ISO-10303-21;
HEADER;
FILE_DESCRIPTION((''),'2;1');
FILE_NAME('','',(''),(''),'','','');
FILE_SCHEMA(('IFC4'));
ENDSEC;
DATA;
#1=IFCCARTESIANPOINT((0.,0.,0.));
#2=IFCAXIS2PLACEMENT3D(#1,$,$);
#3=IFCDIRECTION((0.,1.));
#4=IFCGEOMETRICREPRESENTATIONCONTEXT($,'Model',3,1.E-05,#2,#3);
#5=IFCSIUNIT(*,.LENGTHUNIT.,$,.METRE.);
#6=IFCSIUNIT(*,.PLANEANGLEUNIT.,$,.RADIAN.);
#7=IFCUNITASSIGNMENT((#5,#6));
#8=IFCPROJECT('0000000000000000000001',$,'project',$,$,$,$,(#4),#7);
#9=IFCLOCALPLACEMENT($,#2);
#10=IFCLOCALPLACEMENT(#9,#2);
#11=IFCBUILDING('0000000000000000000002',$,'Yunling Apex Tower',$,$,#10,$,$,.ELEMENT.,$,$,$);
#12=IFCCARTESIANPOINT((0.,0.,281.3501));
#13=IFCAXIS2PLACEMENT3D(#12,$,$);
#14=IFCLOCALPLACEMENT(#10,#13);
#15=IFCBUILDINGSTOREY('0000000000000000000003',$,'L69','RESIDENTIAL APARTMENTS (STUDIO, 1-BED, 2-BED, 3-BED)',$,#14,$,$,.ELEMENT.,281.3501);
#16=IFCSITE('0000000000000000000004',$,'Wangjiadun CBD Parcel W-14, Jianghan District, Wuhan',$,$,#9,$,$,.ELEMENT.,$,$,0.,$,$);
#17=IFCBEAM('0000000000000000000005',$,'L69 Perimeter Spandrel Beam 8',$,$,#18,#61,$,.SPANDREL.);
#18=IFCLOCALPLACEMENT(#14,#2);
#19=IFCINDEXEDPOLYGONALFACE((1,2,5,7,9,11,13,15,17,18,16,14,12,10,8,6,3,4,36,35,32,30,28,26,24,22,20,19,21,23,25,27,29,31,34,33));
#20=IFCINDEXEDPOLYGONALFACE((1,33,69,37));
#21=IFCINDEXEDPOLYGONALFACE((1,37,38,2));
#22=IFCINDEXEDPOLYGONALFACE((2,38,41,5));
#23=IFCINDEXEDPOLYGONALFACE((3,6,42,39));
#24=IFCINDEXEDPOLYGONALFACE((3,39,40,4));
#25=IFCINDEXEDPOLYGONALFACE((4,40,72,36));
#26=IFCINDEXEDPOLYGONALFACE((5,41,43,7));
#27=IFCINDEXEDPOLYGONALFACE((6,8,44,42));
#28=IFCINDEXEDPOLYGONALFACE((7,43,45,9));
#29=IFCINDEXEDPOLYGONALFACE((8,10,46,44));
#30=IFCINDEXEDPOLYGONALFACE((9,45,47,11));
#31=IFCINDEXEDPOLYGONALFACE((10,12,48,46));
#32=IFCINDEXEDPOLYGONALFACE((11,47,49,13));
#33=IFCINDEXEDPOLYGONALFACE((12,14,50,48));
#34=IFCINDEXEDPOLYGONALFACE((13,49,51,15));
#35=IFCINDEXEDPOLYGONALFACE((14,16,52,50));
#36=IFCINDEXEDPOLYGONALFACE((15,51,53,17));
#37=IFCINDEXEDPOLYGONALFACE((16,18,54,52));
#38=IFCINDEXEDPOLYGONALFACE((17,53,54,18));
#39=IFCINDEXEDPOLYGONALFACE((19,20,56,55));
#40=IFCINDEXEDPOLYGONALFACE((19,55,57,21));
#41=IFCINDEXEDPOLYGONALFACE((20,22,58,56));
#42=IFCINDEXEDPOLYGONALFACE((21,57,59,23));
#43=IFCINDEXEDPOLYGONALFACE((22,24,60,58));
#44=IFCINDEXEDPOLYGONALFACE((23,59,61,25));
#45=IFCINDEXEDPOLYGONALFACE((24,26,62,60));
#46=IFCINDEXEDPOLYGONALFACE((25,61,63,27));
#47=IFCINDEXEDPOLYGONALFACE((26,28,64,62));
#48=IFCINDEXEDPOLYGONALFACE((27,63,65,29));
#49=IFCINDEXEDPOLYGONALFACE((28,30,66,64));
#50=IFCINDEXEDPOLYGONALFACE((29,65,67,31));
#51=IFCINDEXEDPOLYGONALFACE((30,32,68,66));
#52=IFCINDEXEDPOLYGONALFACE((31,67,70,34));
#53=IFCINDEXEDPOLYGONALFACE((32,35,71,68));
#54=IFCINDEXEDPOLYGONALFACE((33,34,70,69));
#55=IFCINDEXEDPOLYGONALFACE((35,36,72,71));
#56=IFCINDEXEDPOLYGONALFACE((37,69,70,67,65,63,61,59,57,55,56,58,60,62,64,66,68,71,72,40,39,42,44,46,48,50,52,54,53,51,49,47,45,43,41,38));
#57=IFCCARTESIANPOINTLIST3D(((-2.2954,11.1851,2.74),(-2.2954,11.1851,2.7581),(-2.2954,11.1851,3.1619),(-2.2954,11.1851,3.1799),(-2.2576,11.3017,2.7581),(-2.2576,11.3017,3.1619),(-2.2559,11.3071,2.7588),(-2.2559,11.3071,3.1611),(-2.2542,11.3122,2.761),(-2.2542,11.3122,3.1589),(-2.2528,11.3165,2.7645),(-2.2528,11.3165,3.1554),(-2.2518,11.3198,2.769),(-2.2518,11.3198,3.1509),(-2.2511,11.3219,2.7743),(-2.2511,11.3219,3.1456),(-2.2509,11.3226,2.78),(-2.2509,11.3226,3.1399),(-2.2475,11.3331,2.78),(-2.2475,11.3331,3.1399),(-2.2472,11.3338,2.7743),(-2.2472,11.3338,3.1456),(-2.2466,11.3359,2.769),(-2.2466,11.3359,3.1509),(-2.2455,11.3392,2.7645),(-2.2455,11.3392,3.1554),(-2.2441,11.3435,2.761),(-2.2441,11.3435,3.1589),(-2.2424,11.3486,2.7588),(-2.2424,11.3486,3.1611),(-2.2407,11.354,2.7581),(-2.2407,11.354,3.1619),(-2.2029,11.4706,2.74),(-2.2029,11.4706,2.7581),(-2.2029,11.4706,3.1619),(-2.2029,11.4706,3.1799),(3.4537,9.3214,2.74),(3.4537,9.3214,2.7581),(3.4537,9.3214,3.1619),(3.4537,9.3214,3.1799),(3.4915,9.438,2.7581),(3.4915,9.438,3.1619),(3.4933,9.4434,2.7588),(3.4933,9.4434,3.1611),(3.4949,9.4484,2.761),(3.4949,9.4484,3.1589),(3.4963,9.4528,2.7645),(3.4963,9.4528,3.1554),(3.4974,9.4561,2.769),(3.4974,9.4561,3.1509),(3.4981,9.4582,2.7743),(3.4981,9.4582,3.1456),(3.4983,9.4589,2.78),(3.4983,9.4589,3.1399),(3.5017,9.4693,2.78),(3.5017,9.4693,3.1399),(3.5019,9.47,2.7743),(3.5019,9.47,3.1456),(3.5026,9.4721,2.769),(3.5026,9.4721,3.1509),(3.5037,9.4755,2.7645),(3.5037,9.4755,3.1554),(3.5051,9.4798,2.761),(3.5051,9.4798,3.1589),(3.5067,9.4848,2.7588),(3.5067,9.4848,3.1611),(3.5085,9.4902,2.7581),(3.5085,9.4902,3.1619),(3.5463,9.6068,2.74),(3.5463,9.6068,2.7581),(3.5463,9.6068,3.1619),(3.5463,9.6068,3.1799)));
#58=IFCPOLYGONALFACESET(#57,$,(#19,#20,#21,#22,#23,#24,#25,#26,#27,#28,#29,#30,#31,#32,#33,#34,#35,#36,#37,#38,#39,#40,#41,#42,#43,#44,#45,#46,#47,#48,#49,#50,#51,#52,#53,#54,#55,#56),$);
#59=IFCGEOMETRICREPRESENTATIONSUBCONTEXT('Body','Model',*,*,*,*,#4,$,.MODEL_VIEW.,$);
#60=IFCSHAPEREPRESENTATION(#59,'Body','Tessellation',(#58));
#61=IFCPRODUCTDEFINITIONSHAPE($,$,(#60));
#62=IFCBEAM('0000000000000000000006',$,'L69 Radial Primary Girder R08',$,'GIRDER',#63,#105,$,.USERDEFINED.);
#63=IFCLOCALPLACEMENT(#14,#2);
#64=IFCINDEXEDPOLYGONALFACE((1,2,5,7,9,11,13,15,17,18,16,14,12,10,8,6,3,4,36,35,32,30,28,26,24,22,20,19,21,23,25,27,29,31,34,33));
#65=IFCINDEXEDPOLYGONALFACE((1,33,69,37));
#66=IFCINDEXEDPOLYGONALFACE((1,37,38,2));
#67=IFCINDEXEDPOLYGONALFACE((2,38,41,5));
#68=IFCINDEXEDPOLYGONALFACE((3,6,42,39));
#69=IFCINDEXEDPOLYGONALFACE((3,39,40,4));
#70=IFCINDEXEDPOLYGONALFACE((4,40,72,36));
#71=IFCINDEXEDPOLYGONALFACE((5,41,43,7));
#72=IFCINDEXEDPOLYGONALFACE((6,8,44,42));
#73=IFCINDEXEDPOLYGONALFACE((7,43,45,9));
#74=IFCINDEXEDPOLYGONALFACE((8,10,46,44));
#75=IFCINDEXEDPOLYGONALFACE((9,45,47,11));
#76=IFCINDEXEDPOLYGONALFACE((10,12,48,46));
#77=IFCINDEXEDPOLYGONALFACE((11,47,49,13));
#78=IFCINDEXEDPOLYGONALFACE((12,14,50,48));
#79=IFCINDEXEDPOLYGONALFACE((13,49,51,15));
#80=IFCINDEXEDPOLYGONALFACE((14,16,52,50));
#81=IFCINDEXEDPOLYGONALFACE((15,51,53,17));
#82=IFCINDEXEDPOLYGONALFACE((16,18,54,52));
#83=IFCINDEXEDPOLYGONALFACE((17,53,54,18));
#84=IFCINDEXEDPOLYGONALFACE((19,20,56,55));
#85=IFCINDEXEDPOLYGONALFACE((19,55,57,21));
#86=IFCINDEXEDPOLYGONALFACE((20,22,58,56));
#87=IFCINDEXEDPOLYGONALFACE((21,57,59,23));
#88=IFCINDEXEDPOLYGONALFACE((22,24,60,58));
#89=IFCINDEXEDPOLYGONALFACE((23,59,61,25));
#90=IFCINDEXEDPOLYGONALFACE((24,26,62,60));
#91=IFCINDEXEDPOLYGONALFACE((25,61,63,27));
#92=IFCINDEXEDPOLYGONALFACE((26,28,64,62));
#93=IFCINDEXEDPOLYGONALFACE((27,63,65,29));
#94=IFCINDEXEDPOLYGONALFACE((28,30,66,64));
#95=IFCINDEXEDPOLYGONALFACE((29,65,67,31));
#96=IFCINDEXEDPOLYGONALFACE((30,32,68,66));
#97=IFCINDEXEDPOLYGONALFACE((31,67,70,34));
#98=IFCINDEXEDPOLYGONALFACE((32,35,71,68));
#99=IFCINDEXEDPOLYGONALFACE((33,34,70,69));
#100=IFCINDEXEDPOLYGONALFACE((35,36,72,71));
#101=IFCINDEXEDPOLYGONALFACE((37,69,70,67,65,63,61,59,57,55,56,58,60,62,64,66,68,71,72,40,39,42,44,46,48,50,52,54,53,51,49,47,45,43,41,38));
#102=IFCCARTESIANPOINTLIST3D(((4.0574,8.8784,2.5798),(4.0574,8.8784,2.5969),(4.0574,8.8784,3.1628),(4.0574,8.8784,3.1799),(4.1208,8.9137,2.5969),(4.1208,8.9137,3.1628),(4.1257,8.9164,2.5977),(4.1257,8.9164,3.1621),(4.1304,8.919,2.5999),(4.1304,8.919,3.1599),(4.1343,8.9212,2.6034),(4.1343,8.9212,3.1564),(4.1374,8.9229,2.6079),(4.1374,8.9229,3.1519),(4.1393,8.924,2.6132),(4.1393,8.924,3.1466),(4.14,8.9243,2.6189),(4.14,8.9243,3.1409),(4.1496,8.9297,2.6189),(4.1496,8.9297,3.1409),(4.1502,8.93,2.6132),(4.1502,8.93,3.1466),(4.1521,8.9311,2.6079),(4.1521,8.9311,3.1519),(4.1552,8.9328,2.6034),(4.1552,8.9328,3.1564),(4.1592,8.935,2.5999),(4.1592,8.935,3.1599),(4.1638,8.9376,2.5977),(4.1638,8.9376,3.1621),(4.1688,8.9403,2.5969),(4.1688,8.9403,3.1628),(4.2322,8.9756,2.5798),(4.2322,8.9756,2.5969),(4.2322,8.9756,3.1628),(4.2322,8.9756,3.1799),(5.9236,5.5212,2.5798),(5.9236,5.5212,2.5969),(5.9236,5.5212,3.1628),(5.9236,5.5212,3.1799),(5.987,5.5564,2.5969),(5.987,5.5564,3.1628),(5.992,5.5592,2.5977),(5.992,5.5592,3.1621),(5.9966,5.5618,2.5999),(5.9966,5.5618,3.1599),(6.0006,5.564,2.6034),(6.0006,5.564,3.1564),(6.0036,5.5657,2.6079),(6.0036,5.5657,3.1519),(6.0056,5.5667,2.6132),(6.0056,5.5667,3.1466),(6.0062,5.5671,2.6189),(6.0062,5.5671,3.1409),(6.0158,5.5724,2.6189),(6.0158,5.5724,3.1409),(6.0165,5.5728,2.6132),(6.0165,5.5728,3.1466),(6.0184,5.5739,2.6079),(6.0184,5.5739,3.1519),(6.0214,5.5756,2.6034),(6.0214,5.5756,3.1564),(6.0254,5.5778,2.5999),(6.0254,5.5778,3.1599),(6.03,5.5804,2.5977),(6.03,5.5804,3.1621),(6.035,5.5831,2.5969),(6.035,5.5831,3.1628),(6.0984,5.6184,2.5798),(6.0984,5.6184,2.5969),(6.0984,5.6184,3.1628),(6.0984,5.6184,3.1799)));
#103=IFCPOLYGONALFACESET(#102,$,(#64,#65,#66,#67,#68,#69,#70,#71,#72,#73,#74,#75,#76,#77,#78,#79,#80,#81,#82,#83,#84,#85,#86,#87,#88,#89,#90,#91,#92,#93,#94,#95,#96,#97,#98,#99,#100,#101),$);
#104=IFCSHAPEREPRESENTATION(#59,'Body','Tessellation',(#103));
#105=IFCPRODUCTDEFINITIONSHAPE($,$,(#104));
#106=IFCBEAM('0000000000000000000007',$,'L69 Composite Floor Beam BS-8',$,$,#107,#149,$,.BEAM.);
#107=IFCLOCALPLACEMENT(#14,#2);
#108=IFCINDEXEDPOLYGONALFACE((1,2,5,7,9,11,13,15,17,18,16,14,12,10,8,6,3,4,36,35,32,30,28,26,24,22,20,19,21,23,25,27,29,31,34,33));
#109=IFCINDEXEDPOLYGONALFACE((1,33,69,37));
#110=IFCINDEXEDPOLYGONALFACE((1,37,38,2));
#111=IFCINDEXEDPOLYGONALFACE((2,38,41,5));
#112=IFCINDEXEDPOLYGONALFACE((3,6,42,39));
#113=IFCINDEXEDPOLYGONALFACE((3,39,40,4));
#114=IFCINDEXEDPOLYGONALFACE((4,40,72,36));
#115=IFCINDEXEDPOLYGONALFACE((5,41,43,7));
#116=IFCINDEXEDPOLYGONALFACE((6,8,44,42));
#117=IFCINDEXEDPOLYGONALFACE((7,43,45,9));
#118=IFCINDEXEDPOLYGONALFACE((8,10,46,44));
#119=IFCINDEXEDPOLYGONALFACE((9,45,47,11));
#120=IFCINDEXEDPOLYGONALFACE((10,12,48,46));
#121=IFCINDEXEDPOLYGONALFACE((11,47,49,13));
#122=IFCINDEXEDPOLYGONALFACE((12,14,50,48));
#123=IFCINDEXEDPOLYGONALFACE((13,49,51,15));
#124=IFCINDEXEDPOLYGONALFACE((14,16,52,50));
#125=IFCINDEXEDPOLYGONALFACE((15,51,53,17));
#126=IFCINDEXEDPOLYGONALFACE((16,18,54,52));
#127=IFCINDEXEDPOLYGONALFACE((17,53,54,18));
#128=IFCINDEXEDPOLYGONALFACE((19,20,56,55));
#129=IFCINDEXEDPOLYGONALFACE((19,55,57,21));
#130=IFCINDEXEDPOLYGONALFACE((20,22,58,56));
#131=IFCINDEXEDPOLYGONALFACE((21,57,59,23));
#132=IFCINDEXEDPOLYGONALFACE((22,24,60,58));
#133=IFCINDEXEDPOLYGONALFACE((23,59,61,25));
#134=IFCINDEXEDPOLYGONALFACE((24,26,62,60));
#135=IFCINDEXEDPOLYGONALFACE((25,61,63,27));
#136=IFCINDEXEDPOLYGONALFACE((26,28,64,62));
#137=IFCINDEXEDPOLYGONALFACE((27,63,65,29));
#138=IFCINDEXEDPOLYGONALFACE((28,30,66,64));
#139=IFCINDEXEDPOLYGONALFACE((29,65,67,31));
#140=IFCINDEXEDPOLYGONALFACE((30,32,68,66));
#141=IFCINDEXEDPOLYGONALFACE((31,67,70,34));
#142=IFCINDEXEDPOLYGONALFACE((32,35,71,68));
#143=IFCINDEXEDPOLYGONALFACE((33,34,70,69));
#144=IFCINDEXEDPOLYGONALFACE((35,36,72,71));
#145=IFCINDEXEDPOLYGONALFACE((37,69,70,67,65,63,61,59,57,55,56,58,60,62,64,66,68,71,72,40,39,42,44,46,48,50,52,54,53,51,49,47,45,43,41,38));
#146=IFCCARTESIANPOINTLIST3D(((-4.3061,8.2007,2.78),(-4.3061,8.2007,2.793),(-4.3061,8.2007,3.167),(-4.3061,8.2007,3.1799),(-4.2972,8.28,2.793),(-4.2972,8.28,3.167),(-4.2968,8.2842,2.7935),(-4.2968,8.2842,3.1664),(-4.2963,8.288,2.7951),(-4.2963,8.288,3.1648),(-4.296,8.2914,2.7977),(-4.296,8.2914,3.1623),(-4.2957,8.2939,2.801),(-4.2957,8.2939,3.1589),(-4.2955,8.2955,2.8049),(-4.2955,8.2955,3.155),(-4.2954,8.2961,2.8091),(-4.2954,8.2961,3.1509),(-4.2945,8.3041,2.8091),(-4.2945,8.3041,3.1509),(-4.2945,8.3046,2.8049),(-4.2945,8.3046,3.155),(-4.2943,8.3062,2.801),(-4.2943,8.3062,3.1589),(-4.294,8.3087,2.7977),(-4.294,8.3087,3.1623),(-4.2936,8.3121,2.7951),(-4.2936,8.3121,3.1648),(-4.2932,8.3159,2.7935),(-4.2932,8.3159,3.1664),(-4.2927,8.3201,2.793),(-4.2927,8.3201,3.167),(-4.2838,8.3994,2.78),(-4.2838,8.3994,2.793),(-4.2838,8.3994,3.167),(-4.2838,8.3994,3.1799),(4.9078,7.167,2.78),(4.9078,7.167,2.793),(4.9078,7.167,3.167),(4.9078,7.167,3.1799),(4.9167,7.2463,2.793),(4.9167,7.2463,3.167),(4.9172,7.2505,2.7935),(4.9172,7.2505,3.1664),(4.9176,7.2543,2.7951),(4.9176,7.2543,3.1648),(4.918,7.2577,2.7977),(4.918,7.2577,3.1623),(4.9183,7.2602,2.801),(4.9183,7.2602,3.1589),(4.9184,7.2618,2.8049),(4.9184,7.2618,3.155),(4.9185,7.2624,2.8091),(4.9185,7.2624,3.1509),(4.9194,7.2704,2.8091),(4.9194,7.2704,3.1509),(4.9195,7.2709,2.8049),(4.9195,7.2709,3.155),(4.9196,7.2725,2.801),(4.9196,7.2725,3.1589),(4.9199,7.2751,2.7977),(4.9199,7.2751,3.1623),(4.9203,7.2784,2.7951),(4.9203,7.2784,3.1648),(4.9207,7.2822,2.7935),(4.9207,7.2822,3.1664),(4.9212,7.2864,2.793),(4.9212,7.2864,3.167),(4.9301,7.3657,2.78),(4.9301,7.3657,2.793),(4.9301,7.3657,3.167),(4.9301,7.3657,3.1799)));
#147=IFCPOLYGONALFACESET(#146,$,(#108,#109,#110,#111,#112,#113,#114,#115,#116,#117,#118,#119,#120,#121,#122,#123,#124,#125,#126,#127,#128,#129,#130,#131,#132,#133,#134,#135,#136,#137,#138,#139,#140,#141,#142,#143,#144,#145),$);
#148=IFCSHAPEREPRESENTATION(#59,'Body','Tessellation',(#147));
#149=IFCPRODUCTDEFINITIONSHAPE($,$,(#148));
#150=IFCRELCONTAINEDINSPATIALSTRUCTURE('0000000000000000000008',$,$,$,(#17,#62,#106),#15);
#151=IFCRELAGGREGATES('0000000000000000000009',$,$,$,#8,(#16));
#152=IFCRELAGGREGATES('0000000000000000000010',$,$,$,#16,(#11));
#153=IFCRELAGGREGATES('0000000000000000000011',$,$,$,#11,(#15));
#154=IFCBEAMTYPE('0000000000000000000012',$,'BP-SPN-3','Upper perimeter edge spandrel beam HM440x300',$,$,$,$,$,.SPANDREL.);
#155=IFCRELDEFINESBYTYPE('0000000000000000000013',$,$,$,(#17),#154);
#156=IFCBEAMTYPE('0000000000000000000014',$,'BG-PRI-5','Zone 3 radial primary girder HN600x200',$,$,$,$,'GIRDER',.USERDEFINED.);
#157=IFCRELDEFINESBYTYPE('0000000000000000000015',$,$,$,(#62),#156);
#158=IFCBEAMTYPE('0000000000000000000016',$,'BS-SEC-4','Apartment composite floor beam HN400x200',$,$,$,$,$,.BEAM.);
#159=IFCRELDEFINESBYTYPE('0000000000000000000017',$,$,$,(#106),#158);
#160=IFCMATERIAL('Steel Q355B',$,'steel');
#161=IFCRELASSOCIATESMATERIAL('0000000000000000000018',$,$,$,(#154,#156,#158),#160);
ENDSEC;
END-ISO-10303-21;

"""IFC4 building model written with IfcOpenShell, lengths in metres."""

from ifc_helpers import new_model, si_unit, direction, frame, origin, origin_2d, place, context, subcontext, project, spatial, i_section, extrude, source, transform, mapped, material, material_profile, profile_set, type_object, element, save


model = new_model("IFC4")

# Units and contexts
model_context = context("Model", 3, precision=1e-05, world=origin(), true_north=direction((0.0, 1.0)))
body_context = subcontext(model_context, "Body", "Model", "MODEL_VIEW")
ifc_project = project(units=[si_unit("LENGTHUNIT", "METRE"), si_unit("PLANEANGLEUNIT", "RADIAN")], contexts=[model_context])

# Site, building, storey
site_placement = place(None, origin())
site = spatial("IfcSite", under=ifc_project, at=site_placement, Name="Wangjiadun CBD Parcel W-14, Jianghan District, Wuhan", CompositionType="ELEMENT", RefElevation=0.0)
building_placement = place(site_placement, origin())
building = spatial("IfcBuilding", under=site, at=building_placement, Name="Yunling Apex Tower", CompositionType="ELEMENT")
storey_placement = place(building_placement, frame((0.0, 0.0, 281.3501)))
storey = spatial("IfcBuildingStorey", under=building, at=storey_placement, Name="L69", Description="RESIDENTIAL APARTMENTS (STUDIO, 1-BED, 2-BED, 3-BED)", CompositionType="ELEMENT", Elevation=281.3501)

# Shared definitions
ifc_material_1 = material(Name="Steel Q355B", Category="steel")

# Beams
ifc_material_profile_1 = material_profile(ifc_material_1, i_section(OverallWidth=0.3, OverallDepth=0.4399, WebThickness=0.011, FlangeThickness=0.0181, FilletRadius=0.022, at=origin_2d()))
ifc_profile_set_1 = profile_set([ifc_material_profile_1], Name="Steel Q355B")
beam_type_1 = type_object("IfcBeamType", Name="BP-SPN-3", Description="Upper perimeter edge spandrel beam HM440x300", PredefinedType="SPANDREL", material=ifc_profile_set_1)
shared_shape_1 = source(origin(), body_context, "Body", "SweptSolid", [
    extrude(i_section(OverallWidth=0.3, OverallDepth=0.4399, WebThickness=0.011, FlangeThickness=0.0181, FilletRadius=0.022, at=origin_2d()), origin(), (0.0, 0.0, 1.0), 6.0437),
])
beam_1_placement = place(storey_placement, frame((3.5, 9.4641, 2.96), z_axis=(-0.951264, 0.308376, 0.0), x_axis=(-0.308376, -0.951264, 0.0)))
element("IfcBeam", 1, at=beam_1_placement, inside=storey, type_object=beam_type_1, Name="L69 Perimeter Spandrel Beam 8", PredefinedType="SPANDREL", context=body_context, shape_type="MappedRepresentation", body=[
    mapped(shared_shape_1, transform((0.0, 0.0, 0.0), scale=1.0)),
])
ifc_material_profile_2 = material_profile(ifc_material_1, i_section(OverallWidth=0.2, OverallDepth=0.6001, WebThickness=0.011, FlangeThickness=0.0171, FilletRadius=0.022, at=origin_2d()))
ifc_profile_set_2 = profile_set([ifc_material_profile_2], Name="Steel Q355B")
beam_type_2 = type_object("IfcBeamType", Name="BG-PRI-5", Description="Zone 3 radial primary girder HN600x200", ElementType="GIRDER", PredefinedType="USERDEFINED", material=ifc_profile_set_2)
shared_shape_2 = source(origin(), body_context, "Body", "SweptSolid", [
    extrude(i_section(OverallWidth=0.2, OverallDepth=0.6001, WebThickness=0.011, FlangeThickness=0.0171, FilletRadius=0.022, at=origin_2d()), origin(), (0.0, 0.0, 1.0), 3.8411),
])
beam_2_placement = place(storey_placement, frame((4.1448, 8.927, 2.8799), z_axis=(0.485864, -0.874034, 0.0), x_axis=(0.874034, 0.485864, 0.0)))
element("IfcBeam", 2, at=beam_2_placement, inside=storey, type_object=beam_type_2, Name="L69 Radial Primary Girder R08", ObjectType="GIRDER", PredefinedType="USERDEFINED", context=body_context, shape_type="MappedRepresentation", body=[
    mapped(shared_shape_2, transform((0.0, 0.0, 0.0), scale=1.0)),
])
ifc_material_profile_3 = material_profile(ifc_material_1, i_section(OverallWidth=0.2, OverallDepth=0.3999, WebThickness=0.0081, FlangeThickness=0.0129, FilletRadius=0.0161, at=origin_2d()))
ifc_profile_set_3 = profile_set([ifc_material_profile_3], Name="Steel Q355B")
beam_type_3 = type_object("IfcBeamType", Name="BS-SEC-4", Description="Apartment composite floor beam HN400x200", PredefinedType="BEAM", material=ifc_profile_set_3)
shared_shape_3 = source(origin(), body_context, "Body", "SweptSolid", [
    extrude(i_section(OverallWidth=0.2, OverallDepth=0.3999, WebThickness=0.0081, FlangeThickness=0.0129, FilletRadius=0.0161, at=origin_2d()), origin(), (0.0, 0.0, 1.0), 9.2717),
])
beam_3_placement = place(storey_placement, frame((4.9189, 7.2664, 2.98), z_axis=(-0.993766, 0.111489, 0.0), x_axis=(-0.111489, -0.993766, 0.0)))
element("IfcBeam", 3, at=beam_3_placement, inside=storey, type_object=beam_type_3, Name="L69 Composite Floor Beam BS-8", PredefinedType="BEAM", context=body_context, shape_type="MappedRepresentation", body=[
    mapped(shared_shape_3, transform((0.0, 0.0, 0.0), scale=1.0)),
])

save(model, "model.ifc")
